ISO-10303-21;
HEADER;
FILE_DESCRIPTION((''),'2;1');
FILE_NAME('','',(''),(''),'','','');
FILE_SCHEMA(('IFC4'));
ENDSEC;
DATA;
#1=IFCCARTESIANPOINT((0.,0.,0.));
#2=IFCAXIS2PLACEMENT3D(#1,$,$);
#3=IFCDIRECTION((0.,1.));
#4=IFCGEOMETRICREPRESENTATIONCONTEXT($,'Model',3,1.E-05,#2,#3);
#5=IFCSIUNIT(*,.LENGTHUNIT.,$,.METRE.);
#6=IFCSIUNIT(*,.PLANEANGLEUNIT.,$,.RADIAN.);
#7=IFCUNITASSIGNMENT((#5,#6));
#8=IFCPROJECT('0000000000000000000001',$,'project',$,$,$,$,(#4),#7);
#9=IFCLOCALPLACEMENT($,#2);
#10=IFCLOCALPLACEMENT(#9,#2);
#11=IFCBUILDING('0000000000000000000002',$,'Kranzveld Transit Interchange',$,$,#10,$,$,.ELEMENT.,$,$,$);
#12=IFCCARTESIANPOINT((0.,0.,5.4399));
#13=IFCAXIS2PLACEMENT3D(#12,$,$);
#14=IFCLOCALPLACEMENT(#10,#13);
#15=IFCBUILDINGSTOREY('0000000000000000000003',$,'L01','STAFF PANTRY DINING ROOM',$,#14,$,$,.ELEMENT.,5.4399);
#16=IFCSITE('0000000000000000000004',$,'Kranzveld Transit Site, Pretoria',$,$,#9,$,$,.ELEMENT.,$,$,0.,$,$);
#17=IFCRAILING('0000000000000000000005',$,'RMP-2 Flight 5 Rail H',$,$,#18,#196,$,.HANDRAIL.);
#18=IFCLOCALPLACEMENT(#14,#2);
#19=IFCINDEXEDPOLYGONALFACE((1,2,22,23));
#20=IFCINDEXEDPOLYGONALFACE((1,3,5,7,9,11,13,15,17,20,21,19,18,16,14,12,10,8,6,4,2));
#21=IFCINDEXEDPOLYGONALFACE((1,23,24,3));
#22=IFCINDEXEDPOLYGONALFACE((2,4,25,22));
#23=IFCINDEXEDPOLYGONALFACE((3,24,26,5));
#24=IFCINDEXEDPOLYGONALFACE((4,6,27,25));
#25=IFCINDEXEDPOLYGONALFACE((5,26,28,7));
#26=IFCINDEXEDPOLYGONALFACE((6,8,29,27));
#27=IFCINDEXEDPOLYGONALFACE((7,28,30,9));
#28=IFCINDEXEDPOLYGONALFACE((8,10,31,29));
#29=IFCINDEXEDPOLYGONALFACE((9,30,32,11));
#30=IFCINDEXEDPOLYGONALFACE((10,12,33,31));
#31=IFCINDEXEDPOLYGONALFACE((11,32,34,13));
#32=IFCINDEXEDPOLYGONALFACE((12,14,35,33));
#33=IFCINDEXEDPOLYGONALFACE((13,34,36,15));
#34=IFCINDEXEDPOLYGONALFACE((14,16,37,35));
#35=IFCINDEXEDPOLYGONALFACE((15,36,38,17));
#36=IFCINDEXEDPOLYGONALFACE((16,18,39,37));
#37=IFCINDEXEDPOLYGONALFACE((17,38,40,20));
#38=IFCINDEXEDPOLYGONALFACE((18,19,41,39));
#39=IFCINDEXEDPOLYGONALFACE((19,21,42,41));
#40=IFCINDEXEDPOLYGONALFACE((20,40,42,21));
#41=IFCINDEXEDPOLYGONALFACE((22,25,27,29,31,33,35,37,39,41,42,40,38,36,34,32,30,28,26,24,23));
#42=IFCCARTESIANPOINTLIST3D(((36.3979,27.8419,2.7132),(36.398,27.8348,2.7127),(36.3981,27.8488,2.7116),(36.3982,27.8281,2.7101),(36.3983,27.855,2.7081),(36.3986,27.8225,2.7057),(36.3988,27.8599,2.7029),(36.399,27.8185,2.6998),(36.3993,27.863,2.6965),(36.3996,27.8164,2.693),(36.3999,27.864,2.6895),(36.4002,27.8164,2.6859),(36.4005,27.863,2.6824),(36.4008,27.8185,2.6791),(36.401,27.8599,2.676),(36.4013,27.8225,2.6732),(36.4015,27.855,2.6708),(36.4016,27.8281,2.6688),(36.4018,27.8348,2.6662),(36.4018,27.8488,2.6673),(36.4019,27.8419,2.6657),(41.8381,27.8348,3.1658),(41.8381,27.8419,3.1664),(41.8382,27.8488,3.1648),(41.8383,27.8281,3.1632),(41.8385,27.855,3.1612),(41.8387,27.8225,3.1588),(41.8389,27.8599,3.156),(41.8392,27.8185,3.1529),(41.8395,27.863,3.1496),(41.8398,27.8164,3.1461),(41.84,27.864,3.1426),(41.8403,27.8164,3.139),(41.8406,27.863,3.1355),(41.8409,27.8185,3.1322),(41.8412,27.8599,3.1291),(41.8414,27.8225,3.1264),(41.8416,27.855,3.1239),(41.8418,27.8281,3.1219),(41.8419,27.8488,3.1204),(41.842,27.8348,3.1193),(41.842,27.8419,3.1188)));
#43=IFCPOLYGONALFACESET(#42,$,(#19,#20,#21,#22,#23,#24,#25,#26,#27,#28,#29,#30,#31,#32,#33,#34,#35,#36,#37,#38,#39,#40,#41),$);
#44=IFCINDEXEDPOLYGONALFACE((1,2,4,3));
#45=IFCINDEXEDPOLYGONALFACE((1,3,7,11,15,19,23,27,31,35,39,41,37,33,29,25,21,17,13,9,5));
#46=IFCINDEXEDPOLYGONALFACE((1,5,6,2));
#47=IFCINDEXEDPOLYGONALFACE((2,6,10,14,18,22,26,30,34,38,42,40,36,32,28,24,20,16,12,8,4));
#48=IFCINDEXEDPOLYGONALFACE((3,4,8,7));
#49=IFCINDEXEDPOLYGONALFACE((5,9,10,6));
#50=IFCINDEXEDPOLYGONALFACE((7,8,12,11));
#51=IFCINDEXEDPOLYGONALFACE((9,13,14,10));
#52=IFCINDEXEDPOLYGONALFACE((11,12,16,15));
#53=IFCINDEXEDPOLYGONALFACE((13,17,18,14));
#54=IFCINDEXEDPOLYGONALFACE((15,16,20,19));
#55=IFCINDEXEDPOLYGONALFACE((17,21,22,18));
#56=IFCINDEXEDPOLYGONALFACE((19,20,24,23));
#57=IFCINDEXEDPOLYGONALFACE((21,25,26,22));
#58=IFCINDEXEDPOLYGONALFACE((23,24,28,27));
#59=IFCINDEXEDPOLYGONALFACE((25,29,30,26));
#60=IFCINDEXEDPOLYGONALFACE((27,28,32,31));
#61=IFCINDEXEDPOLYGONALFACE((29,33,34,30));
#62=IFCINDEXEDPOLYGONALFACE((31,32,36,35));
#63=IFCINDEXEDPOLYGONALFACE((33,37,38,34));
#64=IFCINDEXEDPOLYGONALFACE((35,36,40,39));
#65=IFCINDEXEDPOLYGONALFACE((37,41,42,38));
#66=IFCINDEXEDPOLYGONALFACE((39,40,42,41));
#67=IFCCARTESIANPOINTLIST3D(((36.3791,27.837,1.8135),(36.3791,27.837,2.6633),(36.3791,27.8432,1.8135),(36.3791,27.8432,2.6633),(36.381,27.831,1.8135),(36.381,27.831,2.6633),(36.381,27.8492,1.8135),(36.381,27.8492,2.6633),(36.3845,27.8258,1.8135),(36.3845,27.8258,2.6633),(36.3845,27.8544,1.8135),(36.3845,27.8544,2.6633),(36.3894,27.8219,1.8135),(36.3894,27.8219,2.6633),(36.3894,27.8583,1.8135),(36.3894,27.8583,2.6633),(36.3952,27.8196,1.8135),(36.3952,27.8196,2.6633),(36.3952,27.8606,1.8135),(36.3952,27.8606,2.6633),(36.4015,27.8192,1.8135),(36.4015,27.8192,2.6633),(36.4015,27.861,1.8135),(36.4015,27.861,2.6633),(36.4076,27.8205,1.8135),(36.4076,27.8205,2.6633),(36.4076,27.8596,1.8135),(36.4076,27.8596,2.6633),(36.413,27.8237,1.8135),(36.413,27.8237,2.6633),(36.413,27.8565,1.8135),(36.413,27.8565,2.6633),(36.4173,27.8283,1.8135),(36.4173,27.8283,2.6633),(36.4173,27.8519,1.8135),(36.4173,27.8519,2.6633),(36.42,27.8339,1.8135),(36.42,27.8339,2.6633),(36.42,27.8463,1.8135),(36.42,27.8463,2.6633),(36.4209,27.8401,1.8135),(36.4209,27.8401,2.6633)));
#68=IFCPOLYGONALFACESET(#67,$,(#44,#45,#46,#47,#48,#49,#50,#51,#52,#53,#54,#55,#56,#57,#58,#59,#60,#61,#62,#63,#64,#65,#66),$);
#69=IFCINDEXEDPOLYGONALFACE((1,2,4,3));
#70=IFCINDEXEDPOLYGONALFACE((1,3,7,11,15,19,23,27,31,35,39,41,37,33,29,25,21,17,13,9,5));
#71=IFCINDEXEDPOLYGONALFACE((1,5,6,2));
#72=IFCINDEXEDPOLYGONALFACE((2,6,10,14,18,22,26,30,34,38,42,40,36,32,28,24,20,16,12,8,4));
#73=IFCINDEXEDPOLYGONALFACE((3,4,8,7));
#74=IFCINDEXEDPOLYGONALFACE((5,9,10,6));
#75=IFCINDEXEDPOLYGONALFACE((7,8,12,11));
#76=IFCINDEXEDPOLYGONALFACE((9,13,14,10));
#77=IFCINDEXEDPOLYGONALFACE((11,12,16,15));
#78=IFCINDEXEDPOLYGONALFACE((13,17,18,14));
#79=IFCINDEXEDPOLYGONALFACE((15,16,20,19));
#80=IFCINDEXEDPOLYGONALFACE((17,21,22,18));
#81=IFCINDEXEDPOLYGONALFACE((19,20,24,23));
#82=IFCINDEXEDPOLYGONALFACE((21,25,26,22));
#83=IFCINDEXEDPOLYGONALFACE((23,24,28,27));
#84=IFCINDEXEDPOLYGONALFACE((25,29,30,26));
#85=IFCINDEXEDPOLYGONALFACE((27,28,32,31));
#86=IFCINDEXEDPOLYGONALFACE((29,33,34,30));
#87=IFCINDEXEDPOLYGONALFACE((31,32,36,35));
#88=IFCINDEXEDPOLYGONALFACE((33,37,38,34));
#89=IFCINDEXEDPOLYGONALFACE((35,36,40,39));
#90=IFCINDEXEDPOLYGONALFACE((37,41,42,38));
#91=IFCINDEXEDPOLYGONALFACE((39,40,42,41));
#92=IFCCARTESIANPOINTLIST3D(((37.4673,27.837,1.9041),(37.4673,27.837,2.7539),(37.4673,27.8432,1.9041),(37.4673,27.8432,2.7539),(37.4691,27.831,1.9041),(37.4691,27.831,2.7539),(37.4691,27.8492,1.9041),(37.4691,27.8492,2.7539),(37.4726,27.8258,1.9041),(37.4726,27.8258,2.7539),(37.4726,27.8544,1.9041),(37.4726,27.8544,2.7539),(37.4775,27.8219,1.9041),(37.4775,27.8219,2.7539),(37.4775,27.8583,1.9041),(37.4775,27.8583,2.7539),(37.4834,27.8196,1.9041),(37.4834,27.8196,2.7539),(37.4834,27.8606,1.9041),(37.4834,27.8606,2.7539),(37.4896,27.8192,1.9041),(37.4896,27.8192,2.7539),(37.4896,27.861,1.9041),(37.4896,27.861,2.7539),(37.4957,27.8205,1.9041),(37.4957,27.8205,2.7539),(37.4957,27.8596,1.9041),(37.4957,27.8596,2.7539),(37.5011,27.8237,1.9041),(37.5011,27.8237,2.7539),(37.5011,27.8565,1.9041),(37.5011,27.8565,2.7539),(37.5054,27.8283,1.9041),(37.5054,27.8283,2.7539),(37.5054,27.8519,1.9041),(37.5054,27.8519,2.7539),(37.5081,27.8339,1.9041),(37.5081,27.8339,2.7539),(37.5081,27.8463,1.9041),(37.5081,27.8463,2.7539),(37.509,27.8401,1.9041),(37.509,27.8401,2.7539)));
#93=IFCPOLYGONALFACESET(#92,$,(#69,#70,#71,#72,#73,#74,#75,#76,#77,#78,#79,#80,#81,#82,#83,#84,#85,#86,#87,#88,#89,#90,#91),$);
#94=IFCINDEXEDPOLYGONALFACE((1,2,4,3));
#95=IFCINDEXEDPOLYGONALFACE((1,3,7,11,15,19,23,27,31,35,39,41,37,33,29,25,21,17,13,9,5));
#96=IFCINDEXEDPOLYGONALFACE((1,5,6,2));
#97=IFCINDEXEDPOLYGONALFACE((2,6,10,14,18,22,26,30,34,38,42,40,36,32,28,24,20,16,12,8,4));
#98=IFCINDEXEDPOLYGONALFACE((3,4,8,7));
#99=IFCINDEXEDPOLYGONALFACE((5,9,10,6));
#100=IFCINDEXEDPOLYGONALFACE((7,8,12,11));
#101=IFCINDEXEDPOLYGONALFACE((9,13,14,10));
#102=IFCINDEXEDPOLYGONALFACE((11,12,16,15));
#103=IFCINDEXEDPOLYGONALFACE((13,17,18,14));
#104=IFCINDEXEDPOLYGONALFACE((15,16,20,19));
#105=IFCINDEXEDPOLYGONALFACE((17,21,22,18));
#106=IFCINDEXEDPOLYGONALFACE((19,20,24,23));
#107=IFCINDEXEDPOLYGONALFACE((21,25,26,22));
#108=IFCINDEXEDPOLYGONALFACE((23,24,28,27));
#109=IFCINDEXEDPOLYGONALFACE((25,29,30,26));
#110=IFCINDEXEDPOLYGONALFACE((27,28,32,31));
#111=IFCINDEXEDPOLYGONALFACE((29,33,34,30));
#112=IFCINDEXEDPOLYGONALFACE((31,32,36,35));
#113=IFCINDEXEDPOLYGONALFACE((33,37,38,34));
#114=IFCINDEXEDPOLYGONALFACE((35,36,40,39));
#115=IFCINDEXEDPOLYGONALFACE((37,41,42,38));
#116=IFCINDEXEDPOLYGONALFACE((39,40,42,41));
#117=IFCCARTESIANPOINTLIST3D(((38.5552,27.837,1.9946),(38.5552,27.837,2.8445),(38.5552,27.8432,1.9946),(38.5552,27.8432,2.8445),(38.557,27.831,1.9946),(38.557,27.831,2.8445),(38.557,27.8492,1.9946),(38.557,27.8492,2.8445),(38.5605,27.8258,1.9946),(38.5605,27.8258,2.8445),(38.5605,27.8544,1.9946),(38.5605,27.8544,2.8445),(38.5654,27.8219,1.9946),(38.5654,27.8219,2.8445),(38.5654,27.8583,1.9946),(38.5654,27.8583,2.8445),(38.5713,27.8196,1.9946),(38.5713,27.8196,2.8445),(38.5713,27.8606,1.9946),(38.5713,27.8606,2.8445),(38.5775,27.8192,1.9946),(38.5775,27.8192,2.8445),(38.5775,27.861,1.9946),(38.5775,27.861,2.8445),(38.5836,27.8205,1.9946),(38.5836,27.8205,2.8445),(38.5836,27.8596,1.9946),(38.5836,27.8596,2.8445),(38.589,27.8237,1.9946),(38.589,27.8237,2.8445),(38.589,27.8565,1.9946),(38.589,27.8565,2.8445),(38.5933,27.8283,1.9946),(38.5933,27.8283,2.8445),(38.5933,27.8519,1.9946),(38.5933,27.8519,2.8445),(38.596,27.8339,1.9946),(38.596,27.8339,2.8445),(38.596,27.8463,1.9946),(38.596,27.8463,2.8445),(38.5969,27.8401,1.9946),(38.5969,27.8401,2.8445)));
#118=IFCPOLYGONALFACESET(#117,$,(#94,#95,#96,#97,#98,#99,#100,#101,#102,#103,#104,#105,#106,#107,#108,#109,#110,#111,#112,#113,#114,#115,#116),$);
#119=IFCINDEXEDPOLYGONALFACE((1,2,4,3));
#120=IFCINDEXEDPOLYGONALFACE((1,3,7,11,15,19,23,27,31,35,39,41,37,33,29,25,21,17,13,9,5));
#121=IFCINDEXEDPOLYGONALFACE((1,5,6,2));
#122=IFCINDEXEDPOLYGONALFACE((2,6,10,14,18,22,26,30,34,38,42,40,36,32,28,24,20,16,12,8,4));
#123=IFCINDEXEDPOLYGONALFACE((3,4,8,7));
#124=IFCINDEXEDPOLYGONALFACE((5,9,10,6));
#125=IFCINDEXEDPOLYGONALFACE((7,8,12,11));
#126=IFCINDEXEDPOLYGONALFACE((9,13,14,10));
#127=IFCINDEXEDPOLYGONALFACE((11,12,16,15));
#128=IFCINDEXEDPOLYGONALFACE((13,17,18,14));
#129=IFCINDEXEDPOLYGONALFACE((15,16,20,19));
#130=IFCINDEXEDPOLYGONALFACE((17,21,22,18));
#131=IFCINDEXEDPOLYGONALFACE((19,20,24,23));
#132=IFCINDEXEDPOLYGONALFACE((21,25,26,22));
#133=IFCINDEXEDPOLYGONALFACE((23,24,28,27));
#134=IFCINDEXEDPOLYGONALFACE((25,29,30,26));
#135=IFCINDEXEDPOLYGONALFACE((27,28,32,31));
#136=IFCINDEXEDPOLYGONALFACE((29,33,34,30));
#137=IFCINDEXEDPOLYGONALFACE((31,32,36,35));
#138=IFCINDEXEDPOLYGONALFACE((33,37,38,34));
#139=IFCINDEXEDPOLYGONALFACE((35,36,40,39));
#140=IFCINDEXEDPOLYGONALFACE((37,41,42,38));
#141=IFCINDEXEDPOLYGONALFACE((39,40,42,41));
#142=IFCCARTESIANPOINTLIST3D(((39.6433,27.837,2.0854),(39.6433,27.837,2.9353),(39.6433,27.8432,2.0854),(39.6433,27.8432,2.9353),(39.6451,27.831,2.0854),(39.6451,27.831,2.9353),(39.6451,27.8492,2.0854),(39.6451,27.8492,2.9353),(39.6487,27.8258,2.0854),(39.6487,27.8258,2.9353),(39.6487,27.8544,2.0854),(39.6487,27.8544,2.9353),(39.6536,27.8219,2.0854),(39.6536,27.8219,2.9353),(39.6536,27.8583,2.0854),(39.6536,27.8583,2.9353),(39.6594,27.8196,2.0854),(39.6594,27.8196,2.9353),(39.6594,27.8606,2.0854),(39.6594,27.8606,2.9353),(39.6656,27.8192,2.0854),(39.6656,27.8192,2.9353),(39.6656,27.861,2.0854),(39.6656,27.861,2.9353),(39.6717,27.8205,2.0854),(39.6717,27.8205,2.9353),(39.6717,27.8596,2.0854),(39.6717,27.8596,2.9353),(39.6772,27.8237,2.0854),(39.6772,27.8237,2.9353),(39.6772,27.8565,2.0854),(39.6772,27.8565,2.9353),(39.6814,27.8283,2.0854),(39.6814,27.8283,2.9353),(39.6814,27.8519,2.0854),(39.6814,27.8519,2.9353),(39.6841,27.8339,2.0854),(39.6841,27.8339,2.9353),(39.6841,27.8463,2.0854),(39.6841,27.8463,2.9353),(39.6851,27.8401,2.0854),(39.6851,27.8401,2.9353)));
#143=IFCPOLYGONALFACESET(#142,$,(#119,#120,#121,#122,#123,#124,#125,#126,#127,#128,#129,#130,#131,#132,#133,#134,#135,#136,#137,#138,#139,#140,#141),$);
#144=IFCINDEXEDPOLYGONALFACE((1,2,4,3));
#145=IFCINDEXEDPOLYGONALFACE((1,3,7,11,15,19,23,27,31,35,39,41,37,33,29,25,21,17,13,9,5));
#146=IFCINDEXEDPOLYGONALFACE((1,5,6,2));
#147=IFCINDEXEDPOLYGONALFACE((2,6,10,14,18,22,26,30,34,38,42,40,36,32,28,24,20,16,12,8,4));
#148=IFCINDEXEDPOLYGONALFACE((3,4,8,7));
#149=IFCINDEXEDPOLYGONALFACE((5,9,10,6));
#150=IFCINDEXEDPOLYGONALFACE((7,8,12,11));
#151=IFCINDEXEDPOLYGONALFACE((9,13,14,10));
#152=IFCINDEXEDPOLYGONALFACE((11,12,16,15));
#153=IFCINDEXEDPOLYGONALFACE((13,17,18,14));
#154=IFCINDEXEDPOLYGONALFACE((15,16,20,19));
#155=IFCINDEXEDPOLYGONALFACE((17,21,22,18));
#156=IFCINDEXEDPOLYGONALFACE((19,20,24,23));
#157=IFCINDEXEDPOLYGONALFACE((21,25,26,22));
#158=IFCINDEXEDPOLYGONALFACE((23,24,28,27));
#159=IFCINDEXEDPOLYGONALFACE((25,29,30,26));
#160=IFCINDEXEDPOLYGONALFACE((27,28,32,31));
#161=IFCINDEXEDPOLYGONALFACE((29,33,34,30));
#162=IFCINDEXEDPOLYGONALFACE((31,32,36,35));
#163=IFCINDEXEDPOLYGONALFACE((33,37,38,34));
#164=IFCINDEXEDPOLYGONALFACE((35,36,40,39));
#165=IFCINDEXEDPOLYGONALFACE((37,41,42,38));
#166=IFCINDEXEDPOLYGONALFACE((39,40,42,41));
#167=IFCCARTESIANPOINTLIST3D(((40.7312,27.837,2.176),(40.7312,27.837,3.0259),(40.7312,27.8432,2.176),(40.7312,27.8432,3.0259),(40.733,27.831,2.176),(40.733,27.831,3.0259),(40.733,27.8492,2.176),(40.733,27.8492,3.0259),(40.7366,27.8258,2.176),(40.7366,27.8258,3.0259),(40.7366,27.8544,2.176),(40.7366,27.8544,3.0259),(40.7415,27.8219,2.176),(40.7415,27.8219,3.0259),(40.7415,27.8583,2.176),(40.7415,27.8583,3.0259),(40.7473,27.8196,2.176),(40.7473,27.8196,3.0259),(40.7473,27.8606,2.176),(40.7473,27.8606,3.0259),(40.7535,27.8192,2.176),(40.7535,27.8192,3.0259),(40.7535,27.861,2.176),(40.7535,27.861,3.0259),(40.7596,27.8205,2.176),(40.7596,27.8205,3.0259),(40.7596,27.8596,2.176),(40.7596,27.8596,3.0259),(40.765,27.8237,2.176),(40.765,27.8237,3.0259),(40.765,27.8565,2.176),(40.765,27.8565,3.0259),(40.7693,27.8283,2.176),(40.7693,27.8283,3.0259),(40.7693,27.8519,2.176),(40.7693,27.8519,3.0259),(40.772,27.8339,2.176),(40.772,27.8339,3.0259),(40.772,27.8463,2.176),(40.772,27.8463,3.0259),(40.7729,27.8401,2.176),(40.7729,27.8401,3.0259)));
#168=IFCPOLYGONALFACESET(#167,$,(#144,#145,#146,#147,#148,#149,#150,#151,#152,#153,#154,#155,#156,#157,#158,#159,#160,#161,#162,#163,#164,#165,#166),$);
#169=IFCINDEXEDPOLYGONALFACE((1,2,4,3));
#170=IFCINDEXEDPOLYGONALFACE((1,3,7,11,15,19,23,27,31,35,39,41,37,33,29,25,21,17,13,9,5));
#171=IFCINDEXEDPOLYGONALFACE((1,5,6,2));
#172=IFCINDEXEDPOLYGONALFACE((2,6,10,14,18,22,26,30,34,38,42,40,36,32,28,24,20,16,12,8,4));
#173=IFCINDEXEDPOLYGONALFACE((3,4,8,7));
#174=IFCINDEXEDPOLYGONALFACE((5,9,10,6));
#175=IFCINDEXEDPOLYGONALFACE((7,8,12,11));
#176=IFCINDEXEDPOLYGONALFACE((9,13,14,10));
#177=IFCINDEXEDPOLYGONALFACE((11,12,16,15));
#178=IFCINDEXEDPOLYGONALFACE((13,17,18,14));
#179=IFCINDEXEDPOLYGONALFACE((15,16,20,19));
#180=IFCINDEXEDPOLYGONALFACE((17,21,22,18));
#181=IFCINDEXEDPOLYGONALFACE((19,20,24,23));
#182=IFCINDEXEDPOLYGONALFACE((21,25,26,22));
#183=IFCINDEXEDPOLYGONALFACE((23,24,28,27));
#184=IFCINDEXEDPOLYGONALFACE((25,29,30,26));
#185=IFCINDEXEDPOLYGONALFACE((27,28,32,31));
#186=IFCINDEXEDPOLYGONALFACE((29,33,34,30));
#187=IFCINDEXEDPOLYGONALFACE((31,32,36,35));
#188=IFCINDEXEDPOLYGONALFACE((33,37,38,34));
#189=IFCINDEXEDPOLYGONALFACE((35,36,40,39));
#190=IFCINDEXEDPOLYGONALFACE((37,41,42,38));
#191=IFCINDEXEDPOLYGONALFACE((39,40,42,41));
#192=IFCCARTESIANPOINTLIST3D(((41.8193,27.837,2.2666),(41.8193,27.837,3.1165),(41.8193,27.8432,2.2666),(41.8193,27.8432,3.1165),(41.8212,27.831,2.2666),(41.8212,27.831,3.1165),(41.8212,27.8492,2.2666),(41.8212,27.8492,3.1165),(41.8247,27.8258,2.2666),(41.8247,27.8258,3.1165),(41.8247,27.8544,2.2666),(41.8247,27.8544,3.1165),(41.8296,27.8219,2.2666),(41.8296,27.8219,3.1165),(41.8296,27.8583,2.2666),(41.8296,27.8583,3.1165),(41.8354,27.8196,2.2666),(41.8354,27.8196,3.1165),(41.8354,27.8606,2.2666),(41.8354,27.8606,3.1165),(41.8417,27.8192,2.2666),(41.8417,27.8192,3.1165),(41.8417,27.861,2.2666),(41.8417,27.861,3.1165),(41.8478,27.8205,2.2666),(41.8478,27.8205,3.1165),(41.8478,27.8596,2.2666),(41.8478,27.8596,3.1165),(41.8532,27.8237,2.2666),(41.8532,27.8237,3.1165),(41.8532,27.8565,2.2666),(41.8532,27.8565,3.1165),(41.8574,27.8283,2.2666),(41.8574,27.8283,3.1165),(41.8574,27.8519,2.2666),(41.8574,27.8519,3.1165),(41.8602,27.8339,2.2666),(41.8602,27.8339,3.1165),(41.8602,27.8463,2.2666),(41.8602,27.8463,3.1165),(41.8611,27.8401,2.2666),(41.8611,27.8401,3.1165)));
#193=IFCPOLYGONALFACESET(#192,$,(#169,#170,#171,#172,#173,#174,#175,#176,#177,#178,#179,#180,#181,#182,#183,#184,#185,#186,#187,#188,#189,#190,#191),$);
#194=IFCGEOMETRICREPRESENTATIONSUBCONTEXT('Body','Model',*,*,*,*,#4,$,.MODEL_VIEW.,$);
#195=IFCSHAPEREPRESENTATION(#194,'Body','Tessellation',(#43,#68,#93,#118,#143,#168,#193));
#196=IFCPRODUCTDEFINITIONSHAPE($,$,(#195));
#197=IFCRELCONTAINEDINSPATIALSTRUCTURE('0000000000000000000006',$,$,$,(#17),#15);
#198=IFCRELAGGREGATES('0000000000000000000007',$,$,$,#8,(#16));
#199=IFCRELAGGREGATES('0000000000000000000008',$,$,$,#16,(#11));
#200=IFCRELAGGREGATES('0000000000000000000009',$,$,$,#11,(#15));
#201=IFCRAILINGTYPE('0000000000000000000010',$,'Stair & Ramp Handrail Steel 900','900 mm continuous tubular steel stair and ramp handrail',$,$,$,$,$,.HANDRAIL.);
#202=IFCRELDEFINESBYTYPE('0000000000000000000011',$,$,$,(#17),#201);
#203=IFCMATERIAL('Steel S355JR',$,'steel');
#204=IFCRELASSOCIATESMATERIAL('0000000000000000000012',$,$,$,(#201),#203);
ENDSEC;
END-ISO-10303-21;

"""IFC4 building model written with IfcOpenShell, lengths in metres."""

from ifc_helpers import new_model, si_unit, direction, frame, origin, origin_2d, place, context, subcontext, project, spatial, circle, extrude, material, type_object, element, save


model = new_model("IFC4")

# Units and contexts
model_context = context("Model", 3, precision=1e-05, world=origin(), true_north=direction((0.0, 1.0)))
body_context = subcontext(model_context, "Body", "Model", "MODEL_VIEW")
ifc_project = project(units=[si_unit("LENGTHUNIT", "METRE"), si_unit("PLANEANGLEUNIT", "RADIAN")], contexts=[model_context])

# Site, building, storey
site_placement = place(None, origin())
site = spatial("IfcSite", under=ifc_project, at=site_placement, Name="Kranzveld Transit Site, Pretoria", CompositionType="ELEMENT", RefElevation=0.0)
building_placement = place(site_placement, origin())
building = spatial("IfcBuilding", under=site, at=building_placement, Name="Kranzveld Transit Interchange", CompositionType="ELEMENT")
storey_placement = place(building_placement, frame((0.0, 0.0, 5.4399)))
storey = spatial("IfcBuildingStorey", under=building, at=storey_placement, Name="L01", Description="STAFF PANTRY DINING ROOM", CompositionType="ELEMENT", Elevation=5.4399)

# Railing
ifc_material_1 = material(Name="Steel S355JR", Category="steel")
railing_type_1 = type_object("IfcRailingType", Name="Stair & Ramp Handrail Steel 900", Description="900 mm continuous tubular steel stair and ramp handrail", PredefinedType="HANDRAIL", material=ifc_material_1)
railing_1_placement = place(storey_placement, frame((36.3999, 27.8401, 1.8135)))
element("IfcRailing", 1, at=railing_1_placement, inside=storey, type_object=railing_type_1, Name="RMP-2 Flight 5 Rail H", PredefinedType="HANDRAIL", context=body_context, shape_type="SweptSolid", body=[
    extrude(circle(Radius=0.0239, at=origin_2d()), frame((0.0, 0.0, 0.876), z_axis=(0.996549, 0.0, 0.083005), x_axis=(0.0, 1.0, 0.0)), (0.0, 0.0, 1.0), 5.459),
    extrude(circle(Radius=0.021, at=origin_2d()), origin(), (0.0, 0.0, 1.0), 0.8499),
    extrude(circle(Radius=0.021, at=origin_2d()), frame((1.0881, 0.0, 0.0906)), (0.0, 0.0, 1.0), 0.8499),
    extrude(circle(Radius=0.021, at=origin_2d()), frame((2.176, 0.0, 0.1812)), (0.0, 0.0, 1.0), 0.8499),
    extrude(circle(Radius=0.021, at=origin_2d()), frame((3.2642, 0.0, 0.272)), (0.0, 0.0, 1.0), 0.8499),
    extrude(circle(Radius=0.021, at=origin_2d()), frame((4.3521, 0.0, 0.3625)), (0.0, 0.0, 1.0), 0.8499),
    extrude(circle(Radius=0.021, at=origin_2d()), frame((5.4402, 0.0, 0.4531)), (0.0, 0.0, 1.0), 0.8499),
])

save(model, "model.ifc")
